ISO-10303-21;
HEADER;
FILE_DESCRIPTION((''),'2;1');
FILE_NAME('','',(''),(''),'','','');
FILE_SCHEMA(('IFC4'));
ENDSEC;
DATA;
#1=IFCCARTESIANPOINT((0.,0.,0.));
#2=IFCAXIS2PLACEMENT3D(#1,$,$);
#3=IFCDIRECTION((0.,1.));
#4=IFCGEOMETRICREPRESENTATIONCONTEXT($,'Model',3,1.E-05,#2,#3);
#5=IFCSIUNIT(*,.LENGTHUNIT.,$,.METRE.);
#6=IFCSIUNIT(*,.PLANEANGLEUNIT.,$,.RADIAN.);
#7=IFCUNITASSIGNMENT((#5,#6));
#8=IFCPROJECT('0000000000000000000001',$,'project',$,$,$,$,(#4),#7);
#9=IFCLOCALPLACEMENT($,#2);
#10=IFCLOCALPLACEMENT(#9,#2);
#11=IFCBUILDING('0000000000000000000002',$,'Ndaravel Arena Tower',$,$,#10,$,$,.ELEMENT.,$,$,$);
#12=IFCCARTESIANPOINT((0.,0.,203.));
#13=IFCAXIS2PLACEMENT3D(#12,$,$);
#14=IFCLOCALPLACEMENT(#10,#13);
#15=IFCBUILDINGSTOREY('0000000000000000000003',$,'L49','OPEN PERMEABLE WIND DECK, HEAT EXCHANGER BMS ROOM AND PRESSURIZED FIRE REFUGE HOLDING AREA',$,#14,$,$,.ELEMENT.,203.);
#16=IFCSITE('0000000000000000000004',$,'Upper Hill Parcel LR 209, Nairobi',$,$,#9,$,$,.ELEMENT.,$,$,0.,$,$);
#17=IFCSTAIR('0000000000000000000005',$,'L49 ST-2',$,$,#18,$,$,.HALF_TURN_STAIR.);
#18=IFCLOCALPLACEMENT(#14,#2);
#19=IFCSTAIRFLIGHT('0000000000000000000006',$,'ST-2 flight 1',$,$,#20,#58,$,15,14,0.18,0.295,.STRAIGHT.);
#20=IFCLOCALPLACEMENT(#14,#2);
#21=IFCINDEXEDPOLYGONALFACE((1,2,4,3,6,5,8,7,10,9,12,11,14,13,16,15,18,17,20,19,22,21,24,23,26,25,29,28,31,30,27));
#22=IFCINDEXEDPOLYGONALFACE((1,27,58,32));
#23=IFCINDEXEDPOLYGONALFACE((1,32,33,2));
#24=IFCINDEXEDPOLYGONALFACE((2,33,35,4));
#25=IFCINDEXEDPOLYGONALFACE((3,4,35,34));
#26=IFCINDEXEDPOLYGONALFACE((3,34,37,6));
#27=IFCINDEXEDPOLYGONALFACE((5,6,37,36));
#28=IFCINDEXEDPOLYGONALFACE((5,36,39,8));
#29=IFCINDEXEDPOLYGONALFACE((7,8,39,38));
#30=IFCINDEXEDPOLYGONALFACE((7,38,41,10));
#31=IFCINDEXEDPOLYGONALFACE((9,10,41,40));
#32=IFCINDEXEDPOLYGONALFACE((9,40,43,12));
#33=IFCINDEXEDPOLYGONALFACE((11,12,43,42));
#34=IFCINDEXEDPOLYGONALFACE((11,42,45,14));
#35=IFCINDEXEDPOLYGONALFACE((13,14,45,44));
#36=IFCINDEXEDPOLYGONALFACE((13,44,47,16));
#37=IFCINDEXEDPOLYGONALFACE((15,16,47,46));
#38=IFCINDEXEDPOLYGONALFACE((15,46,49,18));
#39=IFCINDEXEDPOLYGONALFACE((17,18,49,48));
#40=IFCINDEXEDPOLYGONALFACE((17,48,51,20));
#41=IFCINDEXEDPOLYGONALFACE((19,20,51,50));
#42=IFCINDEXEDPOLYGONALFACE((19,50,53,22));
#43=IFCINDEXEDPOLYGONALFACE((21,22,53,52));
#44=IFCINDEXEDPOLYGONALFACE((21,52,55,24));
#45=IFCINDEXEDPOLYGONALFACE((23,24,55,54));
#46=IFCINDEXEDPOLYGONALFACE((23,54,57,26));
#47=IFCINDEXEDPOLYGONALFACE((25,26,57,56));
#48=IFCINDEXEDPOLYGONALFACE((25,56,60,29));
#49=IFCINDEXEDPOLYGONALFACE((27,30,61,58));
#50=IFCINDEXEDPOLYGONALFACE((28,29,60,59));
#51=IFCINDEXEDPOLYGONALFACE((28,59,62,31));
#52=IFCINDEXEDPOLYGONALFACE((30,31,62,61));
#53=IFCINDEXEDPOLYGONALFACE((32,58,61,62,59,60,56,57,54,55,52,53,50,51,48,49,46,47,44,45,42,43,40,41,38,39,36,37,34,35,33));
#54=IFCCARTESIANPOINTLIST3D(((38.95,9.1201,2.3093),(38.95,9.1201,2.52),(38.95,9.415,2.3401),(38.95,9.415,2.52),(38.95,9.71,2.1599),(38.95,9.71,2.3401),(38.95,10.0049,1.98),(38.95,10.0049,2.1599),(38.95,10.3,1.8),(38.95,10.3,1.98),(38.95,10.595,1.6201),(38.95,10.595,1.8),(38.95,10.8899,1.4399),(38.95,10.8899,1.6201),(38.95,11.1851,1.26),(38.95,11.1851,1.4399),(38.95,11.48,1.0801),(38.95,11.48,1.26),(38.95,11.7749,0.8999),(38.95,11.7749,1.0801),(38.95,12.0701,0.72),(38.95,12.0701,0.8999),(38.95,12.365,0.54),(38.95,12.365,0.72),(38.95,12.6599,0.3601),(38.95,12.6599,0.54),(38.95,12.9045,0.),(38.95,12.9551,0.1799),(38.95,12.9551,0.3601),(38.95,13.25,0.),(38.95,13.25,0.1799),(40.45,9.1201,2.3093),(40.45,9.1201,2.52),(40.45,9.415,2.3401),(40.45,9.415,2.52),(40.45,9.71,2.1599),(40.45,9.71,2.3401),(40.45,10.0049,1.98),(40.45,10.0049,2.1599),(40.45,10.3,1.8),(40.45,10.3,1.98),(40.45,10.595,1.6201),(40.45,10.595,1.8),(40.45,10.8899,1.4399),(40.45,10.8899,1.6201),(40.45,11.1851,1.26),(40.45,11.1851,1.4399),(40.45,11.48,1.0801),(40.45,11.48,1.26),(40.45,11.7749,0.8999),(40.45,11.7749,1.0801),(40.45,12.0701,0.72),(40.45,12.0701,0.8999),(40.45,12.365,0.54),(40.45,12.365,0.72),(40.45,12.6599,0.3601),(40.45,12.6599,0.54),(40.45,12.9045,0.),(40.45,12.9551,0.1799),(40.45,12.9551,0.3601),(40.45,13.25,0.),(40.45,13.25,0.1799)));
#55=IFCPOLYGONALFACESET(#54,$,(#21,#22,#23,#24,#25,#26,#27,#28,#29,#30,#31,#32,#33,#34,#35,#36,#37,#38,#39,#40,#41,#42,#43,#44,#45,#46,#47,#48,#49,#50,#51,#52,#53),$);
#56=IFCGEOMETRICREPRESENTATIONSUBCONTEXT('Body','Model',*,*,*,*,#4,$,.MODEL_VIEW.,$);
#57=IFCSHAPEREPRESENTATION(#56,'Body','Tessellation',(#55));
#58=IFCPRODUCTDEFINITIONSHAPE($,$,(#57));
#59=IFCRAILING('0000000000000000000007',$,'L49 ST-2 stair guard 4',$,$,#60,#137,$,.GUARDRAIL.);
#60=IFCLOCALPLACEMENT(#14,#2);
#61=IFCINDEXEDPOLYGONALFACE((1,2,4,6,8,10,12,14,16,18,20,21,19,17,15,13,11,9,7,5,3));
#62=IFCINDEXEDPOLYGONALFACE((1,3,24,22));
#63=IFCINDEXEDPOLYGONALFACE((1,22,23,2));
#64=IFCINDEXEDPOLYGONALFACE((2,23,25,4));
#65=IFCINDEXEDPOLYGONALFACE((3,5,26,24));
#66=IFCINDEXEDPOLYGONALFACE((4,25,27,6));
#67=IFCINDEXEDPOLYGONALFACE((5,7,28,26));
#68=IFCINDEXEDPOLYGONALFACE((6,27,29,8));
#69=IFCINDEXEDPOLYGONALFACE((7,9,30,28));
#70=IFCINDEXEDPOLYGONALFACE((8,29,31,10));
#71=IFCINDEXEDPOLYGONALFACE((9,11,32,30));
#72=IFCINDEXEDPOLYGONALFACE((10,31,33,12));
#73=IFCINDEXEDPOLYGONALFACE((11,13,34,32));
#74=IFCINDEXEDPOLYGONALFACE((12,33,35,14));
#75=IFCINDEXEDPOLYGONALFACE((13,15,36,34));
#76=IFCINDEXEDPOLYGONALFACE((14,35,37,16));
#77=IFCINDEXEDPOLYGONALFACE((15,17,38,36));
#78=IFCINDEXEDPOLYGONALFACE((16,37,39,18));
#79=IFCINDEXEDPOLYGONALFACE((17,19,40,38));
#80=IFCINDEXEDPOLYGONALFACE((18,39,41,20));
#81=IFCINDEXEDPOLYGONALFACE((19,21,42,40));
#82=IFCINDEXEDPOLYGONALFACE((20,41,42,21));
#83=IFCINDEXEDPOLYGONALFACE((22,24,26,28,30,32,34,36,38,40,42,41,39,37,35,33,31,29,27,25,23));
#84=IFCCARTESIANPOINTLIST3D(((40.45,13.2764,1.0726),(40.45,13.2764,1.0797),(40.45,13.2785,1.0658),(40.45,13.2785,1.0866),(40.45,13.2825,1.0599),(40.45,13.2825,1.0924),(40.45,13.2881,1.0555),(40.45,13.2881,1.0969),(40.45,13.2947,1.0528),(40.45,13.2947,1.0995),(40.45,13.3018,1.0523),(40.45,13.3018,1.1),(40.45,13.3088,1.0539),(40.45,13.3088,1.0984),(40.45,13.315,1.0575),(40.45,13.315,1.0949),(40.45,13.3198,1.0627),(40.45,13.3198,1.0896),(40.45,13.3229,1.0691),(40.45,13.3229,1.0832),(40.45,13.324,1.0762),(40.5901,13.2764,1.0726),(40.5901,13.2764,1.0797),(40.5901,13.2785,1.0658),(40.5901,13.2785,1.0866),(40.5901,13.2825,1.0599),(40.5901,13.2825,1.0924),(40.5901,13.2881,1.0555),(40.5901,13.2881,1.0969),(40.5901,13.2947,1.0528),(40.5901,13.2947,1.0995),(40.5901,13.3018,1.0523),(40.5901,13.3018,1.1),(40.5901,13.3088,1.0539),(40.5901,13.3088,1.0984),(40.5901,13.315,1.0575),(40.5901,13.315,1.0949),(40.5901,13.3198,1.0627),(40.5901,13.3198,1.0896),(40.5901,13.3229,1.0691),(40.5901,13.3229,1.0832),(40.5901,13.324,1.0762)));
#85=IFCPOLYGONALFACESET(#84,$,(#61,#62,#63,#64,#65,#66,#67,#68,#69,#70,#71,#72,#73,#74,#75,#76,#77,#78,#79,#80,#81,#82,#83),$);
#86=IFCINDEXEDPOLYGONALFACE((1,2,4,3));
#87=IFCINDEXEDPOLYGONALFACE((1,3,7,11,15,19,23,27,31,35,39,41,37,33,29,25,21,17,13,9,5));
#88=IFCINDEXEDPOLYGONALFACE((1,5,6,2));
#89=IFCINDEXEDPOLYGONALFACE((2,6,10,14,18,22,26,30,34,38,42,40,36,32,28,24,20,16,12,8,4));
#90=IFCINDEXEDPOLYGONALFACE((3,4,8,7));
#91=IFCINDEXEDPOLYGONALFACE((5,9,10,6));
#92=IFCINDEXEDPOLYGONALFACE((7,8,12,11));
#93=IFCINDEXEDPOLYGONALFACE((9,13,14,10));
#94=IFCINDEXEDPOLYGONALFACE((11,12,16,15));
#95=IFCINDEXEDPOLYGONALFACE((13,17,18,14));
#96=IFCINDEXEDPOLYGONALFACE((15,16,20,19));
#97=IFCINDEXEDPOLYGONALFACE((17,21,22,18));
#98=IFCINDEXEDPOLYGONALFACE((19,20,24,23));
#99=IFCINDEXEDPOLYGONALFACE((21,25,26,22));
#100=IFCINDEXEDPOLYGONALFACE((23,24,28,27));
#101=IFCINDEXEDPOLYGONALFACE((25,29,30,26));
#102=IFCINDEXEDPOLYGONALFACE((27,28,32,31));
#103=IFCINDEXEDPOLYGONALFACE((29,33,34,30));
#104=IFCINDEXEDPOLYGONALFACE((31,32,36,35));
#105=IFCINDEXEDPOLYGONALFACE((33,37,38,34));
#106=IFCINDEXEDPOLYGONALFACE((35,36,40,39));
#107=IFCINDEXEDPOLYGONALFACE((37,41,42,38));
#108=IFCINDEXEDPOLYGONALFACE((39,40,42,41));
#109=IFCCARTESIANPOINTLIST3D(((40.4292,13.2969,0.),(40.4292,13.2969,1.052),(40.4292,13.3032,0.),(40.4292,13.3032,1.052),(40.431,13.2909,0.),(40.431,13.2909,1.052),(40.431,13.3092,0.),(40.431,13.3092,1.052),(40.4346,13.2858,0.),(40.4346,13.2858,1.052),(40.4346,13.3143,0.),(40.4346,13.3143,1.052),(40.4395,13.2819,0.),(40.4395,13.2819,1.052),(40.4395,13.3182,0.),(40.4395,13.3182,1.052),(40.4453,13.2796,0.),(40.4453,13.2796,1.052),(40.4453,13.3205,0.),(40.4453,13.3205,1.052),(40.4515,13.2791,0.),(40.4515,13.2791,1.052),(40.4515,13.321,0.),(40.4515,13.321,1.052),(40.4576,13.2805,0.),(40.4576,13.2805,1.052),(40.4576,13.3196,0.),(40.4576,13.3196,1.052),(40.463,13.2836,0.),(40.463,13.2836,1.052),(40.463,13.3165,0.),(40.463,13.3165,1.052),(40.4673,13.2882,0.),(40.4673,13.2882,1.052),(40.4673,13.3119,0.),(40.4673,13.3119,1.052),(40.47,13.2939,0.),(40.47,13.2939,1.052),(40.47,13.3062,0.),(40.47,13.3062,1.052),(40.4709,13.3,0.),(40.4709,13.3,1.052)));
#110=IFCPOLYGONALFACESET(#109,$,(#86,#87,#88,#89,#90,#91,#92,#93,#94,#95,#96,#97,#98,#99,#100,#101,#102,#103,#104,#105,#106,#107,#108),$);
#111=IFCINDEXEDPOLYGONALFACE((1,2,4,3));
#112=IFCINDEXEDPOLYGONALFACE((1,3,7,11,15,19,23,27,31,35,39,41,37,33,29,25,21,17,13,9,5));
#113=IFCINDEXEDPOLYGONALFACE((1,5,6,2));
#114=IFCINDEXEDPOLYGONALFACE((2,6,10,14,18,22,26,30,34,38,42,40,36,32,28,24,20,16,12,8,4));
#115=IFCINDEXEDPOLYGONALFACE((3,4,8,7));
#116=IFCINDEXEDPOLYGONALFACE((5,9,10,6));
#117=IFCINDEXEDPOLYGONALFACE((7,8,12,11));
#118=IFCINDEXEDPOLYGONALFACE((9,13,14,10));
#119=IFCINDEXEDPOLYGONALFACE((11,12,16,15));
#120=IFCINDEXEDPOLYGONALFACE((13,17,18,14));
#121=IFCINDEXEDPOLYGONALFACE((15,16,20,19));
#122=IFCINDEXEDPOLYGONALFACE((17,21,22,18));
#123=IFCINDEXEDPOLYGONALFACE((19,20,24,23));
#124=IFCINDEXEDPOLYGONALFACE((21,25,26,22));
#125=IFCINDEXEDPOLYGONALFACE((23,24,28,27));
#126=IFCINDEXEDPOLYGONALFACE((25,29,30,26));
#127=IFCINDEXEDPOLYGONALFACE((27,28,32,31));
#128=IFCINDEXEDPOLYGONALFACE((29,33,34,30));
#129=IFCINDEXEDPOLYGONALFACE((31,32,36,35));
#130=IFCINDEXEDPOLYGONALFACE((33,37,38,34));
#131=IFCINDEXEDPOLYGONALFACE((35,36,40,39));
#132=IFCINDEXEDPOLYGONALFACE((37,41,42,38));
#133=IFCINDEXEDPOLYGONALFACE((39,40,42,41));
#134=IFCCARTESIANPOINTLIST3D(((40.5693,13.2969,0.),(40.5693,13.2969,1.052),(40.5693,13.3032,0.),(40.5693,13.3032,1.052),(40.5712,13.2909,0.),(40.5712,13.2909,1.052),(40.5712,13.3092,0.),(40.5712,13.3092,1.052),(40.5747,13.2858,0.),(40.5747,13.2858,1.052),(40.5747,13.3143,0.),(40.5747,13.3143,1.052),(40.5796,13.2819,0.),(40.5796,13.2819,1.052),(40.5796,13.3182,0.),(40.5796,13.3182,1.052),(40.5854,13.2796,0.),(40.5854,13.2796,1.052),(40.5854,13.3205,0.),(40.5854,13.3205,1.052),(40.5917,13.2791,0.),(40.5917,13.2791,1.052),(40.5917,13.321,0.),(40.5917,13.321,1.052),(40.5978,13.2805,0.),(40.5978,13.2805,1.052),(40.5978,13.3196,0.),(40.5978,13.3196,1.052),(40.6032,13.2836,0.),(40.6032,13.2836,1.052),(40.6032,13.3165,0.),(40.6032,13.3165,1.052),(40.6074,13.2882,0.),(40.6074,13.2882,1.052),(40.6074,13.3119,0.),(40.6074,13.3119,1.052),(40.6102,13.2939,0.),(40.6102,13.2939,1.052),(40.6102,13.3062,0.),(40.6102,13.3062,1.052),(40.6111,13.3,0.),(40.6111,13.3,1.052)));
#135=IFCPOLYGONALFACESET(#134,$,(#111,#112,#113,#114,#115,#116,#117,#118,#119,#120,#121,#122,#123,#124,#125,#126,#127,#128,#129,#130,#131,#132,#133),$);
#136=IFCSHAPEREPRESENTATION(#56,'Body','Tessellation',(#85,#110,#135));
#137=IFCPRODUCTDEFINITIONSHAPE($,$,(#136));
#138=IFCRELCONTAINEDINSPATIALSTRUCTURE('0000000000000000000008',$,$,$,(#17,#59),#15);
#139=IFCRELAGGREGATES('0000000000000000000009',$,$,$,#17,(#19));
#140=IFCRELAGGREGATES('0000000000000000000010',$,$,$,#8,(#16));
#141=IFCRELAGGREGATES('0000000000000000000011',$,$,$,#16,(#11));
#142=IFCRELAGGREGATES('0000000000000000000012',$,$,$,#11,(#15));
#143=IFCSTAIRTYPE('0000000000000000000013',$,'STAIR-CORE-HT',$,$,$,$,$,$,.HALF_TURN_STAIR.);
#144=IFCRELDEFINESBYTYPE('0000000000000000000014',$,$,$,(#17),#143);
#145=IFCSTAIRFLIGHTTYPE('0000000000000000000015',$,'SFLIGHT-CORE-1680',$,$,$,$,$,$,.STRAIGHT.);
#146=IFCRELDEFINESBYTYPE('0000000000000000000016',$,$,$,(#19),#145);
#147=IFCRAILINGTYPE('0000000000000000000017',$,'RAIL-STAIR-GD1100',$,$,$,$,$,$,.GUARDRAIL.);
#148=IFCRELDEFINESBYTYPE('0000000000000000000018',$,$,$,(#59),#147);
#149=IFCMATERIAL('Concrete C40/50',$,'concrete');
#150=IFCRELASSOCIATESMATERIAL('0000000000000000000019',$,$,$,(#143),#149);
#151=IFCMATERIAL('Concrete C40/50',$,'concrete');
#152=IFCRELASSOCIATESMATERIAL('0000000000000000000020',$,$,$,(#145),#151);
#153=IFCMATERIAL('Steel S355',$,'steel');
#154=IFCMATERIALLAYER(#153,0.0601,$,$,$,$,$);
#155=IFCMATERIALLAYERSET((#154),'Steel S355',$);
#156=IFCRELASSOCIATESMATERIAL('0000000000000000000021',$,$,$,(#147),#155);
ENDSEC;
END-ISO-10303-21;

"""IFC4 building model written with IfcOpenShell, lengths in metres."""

from ifc_helpers import new_model, si_unit, direction, frame, origin, origin_2d, place, context, subcontext, project, spatial, polyline, circle, outline, extrude, material, layer, layer_set, type_object, element, aggregate, save


model = new_model("IFC4")

# Units and contexts
model_context = context("Model", 3, precision=1e-05, world=origin(), true_north=direction((0.0, 1.0)))
body_context = subcontext(model_context, "Body", "Model", "MODEL_VIEW")
ifc_project = project(units=[si_unit("LENGTHUNIT", "METRE"), si_unit("PLANEANGLEUNIT", "RADIAN")], contexts=[model_context])

# Site, building, storey
site_placement = place(None, origin())
site = spatial("IfcSite", under=ifc_project, at=site_placement, Name="Upper Hill Parcel LR 209, Nairobi", CompositionType="ELEMENT", RefElevation=0.0)
building_placement = place(site_placement, origin())
building = spatial("IfcBuilding", under=site, at=building_placement, Name="Ndaravel Arena Tower", CompositionType="ELEMENT")
storey_placement = place(building_placement, frame((0.0, 0.0, 203.0)))
storey = spatial("IfcBuildingStorey", under=building, at=storey_placement, Name="L49", Description="OPEN PERMEABLE WIND DECK, HEAT EXCHANGER BMS ROOM AND PRESSURIZED FIRE REFUGE HOLDING AREA", CompositionType="ELEMENT", Elevation=203.0)

# Stair, stair flight
ifc_material_1 = material(Name="Concrete C40/50", Category="concrete")
stair_type = type_object("IfcStairType", Name="STAIR-CORE-HT", PredefinedType="HALF_TURN_STAIR", material=ifc_material_1)
stair_placement = place(storey_placement, origin())
stair = element("IfcStair", 1, at=stair_placement, inside=storey, type_object=stair_type, Name="L49 ST-2", PredefinedType="HALF_TURN_STAIR")
ifc_material_2 = material(Name="Concrete C40/50", Category="concrete")
stair_flight_type = type_object("IfcStairFlightType", Name="SFLIGHT-CORE-1680", PredefinedType="STRAIGHT", material=ifc_material_2)
stair_flight_placement = place(storey_placement, frame((39.7, 13.25, 0.0), z_axis=(0.0, 0.0, 1.0), x_axis=(0.0, -1.0, 0.0)))
stair_flight = element("IfcStairFlight", 2, at=stair_flight_placement, type_object=stair_flight_type, Name="ST-2 flight 1", NumberOfRisers=15, NumberOfTreads=14, PredefinedType="STRAIGHT", RiserHeight=0.18, TreadLength=0.295, context=body_context, shape_type="SweptSolid", body=[
    extrude(outline(polyline([(0.0, 0.0), (0.0, 0.1799), (0.2949, 0.1799), (0.2949, 0.3601), (0.5901, 0.3601), (0.5901, 0.54), (0.885, 0.54), (0.885, 0.72), (1.1799, 0.72), (1.1799, 0.8999), (1.4751, 0.8999), (1.4751, 1.0801), (1.77, 1.0801), (1.77, 1.26), (2.0649, 1.26), (2.0649, 1.4399), (2.3601, 1.4399), (2.3601, 1.6201), (2.655, 1.6201), (2.655, 1.8), (2.95, 1.8), (2.95, 1.98), (3.2451, 1.98), (3.2451, 2.1599), (3.54, 2.1599), (3.54, 2.3401), (3.835, 2.3401), (3.835, 2.52), (4.1299, 2.52), (4.1299, 2.7), (4.1299, 2.3093), (0.3455, 0.0), (0.0, 0.0)])), frame((0.0, 0.75, 0.0), z_axis=(0.0, -1.0, 0.0), x_axis=(1.0, 0.0, 0.0)), (0.0, 0.0, 1.0), 1.5),
])
aggregate(stair, [stair_flight])

# Railing
ifc_material_3 = material(Name="Steel S355", Category="steel")
ifc_layer_1 = layer(ifc_material_3, 0.0601)
ifc_layer_set_1 = layer_set([ifc_layer_1], Name="Steel S355")
railing_type_1 = type_object("IfcRailingType", Name="RAIL-STAIR-GD1100", PredefinedType="GUARDRAIL", material=ifc_layer_set_1)
railing_1_placement = place(storey_placement, frame((40.45, 13.3, 0.0)))
element("IfcRailing", 3, at=railing_1_placement, inside=storey, type_object=railing_type_1, Name="L49 ST-2 stair guard 4", PredefinedType="GUARDRAIL", context=body_context, shape_type="SweptSolid", body=[
    extrude(circle(Radius=0.0239, at=origin_2d()), frame((0.0, 0.0, 1.0762), z_axis=(1.0, 0.0, 0.0), x_axis=(0.0, 1.0, 0.0)), (0.0, 0.0, 1.0), 0.1401),
    extrude(circle(Radius=0.021, at=origin_2d()), origin(), (0.0, 0.0, 1.0), 1.052),
    extrude(circle(Radius=0.021, at=origin_2d()), frame((0.1401, 0.0, 0.0)), (0.0, 0.0, 1.0), 1.052),
])

save(model, "model.ifc")
